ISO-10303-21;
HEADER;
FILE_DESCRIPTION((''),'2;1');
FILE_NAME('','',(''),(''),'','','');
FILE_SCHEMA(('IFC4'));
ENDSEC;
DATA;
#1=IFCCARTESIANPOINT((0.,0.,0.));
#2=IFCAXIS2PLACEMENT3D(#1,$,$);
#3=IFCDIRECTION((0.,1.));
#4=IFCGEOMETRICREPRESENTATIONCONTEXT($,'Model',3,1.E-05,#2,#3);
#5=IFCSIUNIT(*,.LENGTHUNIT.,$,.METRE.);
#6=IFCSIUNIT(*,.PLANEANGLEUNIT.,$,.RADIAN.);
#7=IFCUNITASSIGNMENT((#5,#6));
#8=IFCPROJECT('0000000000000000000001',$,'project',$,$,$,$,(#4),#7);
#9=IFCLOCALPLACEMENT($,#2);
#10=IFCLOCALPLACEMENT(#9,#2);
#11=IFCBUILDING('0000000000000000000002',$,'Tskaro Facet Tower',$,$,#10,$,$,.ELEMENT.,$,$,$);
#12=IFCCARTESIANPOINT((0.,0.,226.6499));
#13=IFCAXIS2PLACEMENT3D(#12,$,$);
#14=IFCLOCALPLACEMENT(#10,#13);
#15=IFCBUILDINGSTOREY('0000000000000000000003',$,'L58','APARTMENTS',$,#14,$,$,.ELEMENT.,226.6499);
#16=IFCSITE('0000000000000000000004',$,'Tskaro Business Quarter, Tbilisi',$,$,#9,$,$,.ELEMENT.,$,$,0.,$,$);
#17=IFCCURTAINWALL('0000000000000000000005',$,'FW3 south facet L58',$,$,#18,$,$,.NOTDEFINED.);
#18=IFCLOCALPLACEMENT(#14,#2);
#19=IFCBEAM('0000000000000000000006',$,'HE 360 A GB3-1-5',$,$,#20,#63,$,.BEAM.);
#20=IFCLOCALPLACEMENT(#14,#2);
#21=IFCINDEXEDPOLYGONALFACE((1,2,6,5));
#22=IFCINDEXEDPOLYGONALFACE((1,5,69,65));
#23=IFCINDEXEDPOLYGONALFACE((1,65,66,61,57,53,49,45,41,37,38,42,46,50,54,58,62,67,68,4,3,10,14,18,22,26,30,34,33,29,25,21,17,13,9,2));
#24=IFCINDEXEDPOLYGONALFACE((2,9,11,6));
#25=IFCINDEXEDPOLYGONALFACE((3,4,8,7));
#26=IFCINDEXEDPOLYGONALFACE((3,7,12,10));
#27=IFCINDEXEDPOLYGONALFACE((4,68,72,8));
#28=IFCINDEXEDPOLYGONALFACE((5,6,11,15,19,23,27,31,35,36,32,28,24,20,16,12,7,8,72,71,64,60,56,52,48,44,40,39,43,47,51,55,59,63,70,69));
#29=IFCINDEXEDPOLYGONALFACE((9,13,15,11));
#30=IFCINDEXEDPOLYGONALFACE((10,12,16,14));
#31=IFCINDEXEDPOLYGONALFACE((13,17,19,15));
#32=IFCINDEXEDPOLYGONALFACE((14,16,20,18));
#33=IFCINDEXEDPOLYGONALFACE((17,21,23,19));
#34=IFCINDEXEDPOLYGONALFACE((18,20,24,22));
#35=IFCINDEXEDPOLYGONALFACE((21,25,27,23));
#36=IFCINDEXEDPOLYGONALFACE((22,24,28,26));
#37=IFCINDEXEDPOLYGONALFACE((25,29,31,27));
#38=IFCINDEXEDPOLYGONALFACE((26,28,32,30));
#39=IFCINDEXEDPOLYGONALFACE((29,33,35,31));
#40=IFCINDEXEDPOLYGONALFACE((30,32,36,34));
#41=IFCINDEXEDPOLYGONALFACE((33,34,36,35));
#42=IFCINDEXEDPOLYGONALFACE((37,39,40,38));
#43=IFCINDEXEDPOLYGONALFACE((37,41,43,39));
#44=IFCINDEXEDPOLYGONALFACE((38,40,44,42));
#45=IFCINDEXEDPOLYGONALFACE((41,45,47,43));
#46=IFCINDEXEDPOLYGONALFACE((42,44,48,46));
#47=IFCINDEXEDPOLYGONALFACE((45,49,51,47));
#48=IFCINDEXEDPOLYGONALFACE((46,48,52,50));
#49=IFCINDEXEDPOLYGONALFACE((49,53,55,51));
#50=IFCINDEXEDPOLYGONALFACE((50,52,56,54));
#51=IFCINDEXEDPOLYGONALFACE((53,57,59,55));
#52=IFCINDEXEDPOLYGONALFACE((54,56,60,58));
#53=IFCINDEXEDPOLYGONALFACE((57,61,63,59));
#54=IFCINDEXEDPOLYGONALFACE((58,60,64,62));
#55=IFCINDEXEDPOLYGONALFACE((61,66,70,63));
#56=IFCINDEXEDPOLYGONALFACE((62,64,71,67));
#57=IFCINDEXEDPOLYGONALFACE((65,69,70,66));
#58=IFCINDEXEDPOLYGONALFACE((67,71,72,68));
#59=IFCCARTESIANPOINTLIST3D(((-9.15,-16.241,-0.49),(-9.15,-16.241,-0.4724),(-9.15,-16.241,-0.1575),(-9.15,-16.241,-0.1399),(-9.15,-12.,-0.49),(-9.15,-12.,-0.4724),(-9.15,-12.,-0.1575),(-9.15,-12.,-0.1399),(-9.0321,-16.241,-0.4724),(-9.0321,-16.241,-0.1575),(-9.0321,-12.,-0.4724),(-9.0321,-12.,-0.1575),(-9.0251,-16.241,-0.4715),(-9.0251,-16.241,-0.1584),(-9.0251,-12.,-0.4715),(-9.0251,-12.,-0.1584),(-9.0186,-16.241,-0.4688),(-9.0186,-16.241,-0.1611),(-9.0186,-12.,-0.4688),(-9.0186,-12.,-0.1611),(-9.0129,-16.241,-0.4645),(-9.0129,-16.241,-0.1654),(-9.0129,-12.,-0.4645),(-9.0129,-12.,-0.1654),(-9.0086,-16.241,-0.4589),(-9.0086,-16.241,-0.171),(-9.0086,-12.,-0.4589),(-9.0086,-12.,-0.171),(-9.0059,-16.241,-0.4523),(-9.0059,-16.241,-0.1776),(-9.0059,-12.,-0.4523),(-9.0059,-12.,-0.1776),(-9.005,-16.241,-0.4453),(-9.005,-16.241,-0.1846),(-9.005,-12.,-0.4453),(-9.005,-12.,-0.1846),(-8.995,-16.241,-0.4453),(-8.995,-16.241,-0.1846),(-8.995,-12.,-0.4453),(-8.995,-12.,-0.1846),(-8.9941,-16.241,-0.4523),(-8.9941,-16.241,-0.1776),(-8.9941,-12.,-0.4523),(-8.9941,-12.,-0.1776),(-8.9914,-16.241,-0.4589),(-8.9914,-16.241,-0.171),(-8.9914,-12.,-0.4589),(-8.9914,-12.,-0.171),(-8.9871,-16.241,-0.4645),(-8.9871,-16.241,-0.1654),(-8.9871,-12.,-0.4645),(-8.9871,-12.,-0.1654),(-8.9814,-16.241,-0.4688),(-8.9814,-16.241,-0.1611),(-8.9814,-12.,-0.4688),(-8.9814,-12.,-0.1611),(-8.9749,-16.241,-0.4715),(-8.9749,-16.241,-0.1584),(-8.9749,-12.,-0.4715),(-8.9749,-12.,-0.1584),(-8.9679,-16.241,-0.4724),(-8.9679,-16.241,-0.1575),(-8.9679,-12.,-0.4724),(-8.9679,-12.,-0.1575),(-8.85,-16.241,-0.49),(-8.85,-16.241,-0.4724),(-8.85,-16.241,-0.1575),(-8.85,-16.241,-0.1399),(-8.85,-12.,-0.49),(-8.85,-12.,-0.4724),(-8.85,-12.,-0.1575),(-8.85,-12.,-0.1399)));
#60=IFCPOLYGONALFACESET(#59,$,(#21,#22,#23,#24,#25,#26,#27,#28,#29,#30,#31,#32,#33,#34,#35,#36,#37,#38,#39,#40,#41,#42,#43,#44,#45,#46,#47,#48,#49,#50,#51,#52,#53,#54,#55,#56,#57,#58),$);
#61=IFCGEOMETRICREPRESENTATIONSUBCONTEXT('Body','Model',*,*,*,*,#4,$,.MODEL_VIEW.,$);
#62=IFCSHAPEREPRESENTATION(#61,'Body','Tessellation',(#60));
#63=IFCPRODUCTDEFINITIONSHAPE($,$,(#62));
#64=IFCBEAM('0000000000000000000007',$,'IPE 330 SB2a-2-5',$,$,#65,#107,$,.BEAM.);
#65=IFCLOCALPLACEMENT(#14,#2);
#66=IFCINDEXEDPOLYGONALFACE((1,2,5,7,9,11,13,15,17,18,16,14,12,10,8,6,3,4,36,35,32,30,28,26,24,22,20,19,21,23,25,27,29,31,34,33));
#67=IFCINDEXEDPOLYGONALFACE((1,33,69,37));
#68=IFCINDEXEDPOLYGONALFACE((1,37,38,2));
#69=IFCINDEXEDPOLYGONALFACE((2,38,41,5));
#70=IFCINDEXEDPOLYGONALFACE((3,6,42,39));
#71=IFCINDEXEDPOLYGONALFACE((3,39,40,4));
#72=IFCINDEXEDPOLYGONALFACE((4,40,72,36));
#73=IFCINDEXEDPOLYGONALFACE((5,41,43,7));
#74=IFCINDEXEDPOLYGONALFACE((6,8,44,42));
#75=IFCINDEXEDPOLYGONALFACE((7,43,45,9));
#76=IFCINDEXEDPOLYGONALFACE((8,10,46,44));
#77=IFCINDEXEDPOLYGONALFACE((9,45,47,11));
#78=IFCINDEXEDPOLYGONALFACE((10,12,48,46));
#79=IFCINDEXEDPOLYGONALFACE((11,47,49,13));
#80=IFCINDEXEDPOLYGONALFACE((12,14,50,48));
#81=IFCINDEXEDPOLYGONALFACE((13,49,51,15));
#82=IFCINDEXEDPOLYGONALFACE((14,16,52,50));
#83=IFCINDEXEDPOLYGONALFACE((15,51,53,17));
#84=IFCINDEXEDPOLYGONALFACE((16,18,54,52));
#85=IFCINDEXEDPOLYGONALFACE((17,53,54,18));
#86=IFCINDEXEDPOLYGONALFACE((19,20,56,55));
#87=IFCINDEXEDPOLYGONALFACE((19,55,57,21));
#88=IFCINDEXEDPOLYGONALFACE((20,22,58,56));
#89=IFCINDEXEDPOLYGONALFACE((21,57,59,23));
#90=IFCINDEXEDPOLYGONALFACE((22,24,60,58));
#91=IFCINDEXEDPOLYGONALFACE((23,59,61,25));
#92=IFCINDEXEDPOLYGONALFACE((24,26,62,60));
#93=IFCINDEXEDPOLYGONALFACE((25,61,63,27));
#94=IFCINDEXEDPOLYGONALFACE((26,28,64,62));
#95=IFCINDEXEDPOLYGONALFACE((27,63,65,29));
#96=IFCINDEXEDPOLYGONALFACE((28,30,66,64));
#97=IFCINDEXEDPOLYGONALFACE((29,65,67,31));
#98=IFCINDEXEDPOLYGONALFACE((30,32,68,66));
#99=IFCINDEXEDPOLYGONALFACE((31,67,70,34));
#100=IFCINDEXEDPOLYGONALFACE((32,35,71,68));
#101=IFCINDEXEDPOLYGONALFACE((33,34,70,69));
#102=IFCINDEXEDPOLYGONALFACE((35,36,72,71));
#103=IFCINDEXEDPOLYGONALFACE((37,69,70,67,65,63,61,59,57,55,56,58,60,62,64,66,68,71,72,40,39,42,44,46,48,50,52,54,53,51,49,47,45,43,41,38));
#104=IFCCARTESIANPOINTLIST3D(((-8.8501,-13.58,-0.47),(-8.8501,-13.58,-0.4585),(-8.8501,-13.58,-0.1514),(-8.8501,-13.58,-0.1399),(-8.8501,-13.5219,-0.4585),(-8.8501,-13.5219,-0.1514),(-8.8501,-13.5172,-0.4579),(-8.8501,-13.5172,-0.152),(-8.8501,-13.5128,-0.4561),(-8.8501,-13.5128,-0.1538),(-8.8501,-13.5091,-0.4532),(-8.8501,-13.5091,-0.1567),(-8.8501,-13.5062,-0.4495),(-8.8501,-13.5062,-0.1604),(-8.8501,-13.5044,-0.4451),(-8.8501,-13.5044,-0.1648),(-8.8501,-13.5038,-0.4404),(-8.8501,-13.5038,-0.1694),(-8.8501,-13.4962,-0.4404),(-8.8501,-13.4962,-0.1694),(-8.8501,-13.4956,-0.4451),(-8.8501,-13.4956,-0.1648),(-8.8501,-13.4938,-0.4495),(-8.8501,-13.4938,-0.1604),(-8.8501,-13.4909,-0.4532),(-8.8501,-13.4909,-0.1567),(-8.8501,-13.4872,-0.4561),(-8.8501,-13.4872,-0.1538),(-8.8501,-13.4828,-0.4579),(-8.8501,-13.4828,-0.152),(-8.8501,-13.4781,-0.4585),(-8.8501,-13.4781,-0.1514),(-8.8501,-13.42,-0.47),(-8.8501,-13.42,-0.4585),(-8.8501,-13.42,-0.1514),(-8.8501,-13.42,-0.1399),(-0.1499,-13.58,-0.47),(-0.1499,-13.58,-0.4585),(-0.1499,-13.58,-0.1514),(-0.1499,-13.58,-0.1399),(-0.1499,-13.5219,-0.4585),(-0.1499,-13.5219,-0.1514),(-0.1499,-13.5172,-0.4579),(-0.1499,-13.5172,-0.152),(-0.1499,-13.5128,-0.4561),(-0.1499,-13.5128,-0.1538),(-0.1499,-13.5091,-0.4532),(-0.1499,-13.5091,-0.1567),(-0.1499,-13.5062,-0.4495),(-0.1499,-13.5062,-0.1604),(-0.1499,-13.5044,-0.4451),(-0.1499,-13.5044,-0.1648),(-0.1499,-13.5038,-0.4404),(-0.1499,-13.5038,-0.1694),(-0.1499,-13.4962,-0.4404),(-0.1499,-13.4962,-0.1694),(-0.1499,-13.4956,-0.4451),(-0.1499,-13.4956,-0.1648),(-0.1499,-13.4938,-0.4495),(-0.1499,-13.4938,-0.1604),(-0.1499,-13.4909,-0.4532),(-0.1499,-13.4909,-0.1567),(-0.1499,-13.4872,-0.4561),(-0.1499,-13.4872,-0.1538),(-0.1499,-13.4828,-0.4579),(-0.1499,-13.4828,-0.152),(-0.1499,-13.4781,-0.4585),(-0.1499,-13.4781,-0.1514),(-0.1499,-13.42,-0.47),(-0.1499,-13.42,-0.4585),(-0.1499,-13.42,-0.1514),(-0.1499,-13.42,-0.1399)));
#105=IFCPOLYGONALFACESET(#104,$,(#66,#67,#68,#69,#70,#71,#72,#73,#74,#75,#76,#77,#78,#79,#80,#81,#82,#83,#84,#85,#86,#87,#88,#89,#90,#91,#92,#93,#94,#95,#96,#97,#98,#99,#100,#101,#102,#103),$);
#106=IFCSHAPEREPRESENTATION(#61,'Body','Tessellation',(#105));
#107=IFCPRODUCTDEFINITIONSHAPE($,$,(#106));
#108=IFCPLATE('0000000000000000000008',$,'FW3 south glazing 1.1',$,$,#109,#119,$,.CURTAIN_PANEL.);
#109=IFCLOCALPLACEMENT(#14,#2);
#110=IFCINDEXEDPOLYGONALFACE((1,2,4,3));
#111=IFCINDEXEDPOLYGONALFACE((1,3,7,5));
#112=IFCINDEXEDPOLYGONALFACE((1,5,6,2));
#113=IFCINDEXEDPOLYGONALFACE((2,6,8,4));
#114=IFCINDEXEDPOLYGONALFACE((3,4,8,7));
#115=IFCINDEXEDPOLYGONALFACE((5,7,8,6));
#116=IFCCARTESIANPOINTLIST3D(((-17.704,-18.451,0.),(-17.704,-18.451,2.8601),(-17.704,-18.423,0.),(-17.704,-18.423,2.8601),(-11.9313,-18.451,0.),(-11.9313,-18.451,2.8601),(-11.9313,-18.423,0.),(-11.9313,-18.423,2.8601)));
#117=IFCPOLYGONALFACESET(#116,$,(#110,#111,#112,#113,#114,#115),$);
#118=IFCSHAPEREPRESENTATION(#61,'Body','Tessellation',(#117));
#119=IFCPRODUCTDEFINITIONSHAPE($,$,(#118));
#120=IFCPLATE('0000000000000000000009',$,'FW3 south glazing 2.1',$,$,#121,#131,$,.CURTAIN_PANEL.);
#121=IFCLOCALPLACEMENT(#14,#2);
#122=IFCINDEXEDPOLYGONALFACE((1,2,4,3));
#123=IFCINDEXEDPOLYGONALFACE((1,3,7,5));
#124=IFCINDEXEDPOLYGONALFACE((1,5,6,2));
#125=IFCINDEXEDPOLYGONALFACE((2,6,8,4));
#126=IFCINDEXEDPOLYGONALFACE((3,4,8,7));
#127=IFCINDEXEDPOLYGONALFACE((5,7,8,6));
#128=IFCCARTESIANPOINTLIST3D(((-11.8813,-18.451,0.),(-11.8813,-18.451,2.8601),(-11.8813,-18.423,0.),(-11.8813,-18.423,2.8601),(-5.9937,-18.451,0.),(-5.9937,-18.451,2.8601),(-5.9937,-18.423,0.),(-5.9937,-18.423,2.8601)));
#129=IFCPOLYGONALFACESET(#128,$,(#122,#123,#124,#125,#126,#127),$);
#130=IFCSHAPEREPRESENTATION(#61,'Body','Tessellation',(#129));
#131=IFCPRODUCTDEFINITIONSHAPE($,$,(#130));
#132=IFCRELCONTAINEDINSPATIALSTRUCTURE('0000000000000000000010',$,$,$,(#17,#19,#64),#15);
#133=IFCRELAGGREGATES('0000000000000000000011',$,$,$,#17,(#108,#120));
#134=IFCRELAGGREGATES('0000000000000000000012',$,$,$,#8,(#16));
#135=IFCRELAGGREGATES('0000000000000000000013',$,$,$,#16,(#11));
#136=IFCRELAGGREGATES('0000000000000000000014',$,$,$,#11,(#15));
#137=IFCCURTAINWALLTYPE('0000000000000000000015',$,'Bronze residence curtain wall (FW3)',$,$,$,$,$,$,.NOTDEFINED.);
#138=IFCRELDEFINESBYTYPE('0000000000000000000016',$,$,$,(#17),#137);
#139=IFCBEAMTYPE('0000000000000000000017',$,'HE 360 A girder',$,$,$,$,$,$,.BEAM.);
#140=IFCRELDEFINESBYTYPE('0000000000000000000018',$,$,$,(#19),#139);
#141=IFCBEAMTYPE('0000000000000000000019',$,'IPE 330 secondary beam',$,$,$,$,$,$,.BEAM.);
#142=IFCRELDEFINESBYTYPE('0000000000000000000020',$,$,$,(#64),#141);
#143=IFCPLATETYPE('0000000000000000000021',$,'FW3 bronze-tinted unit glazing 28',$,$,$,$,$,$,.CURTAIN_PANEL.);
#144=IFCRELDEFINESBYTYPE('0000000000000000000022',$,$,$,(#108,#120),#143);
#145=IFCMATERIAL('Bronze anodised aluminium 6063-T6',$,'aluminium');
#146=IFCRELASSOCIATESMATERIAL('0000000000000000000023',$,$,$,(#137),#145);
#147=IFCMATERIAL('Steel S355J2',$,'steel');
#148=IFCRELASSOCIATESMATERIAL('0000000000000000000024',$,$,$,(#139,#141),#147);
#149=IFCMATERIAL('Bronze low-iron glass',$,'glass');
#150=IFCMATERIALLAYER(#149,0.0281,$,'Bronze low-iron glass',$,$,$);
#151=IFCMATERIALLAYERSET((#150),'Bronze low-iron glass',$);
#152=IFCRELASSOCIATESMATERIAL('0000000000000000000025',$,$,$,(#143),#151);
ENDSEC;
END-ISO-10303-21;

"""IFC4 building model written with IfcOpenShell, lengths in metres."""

from ifc_helpers import new_model, si_unit, direction, frame, origin, origin_2d, place, context, subcontext, project, spatial, rectangle, i_section, extrude, material, layer, layer_set, material_profile, profile_set, type_object, element, aggregate, save


model = new_model("IFC4")

# Units and contexts
model_context = context("Model", 3, precision=1e-05, world=origin(), true_north=direction((0.0, 1.0)))
body_context = subcontext(model_context, "Body", "Model", "MODEL_VIEW")
ifc_project = project(units=[si_unit("LENGTHUNIT", "METRE"), si_unit("PLANEANGLEUNIT", "RADIAN")], contexts=[model_context])

# Site, building, storey
site_placement = place(None, origin())
site = spatial("IfcSite", under=ifc_project, at=site_placement, Name="Tskaro Business Quarter, Tbilisi", CompositionType="ELEMENT", RefElevation=0.0)
building_placement = place(site_placement, origin())
building = spatial("IfcBuilding", under=site, at=building_placement, Name="Tskaro Facet Tower", CompositionType="ELEMENT")
storey_placement = place(building_placement, frame((0.0, 0.0, 226.6499)))
storey = spatial("IfcBuildingStorey", under=building, at=storey_placement, Name="L58", Description="APARTMENTS", CompositionType="ELEMENT", Elevation=226.6499)

# Curtain wall
ifc_material_1 = material(Name="Bronze anodised aluminium 6063-T6", Category="aluminium")
curtain_wall_type = type_object("IfcCurtainWallType", Name="Bronze residence curtain wall (FW3)", PredefinedType="NOTDEFINED", material=ifc_material_1)
curtain_wall_placement = place(storey_placement, origin())
curtain_wall = element("IfcCurtainWall", 1, at=curtain_wall_placement, inside=storey, type_object=curtain_wall_type, Name="FW3 south facet L58", PredefinedType="NOTDEFINED")

# Beams
ifc_material_2 = material(Name="Steel S355J2", Category="steel")
ifc_material_profile_1 = material_profile(ifc_material_2, i_section(OverallWidth=0.3, OverallDepth=0.3501, WebThickness=0.01, FlangeThickness=0.0176, FilletRadius=0.0271, at=origin_2d()), Name="HE 360 A")
ifc_profile_set_1 = profile_set([ifc_material_profile_1], Name="Steel S355J2")
beam_type_1 = type_object("IfcBeamType", Name="HE 360 A girder", PredefinedType="BEAM", material=ifc_profile_set_1)
beam_1_placement = place(storey_placement, frame((-9.0, -16.241, -0.3149), z_axis=(0.0, 1.0, 0.0), x_axis=(-1.0, 0.0, 0.0)))
element("IfcBeam", 2, at=beam_1_placement, inside=storey, type_object=beam_type_1, Name="HE 360 A GB3-1-5", PredefinedType="BEAM", context=body_context, shape_type="SweptSolid", body=[
    extrude(i_section(OverallWidth=0.3, OverallDepth=0.3501, WebThickness=0.01, FlangeThickness=0.0176, FilletRadius=0.0271, at=origin_2d()), origin(), (0.0, 0.0, 1.0), 4.241),
])
ifc_material_profile_2 = material_profile(ifc_material_2, i_section(OverallWidth=0.1599, OverallDepth=0.3301, WebThickness=0.0076, FlangeThickness=0.0115, FilletRadius=0.0181, at=origin_2d()), Name="IPE 330")
ifc_profile_set_2 = profile_set([ifc_material_profile_2], Name="Steel S355J2")
beam_type_2 = type_object("IfcBeamType", Name="IPE 330 secondary beam", PredefinedType="BEAM", material=ifc_profile_set_2)
beam_2_placement = place(storey_placement, frame((-8.8501, -13.5, -0.3049), z_axis=(1.0, 0.0, 0.0), x_axis=(0.0, 1.0, 0.0)))
element("IfcBeam", 3, at=beam_2_placement, inside=storey, type_object=beam_type_2, Name="IPE 330 SB2a-2-5", PredefinedType="BEAM", context=body_context, shape_type="SweptSolid", body=[
    extrude(i_section(OverallWidth=0.1599, OverallDepth=0.3301, WebThickness=0.0076, FlangeThickness=0.0115, FilletRadius=0.0181, at=origin_2d()), origin(), (0.0, 0.0, 1.0), 8.7002),
])

# Plates
ifc_material_3 = material(Name="Bronze low-iron glass", Category="glass")
ifc_layer_1 = layer(ifc_material_3, 0.0281, Name="Bronze low-iron glass")
ifc_layer_set_1 = layer_set([ifc_layer_1], Name="Bronze low-iron glass")
plate_type = type_object("IfcPlateType", Name="FW3 bronze-tinted unit glazing 28", PredefinedType="CURTAIN_PANEL", material=ifc_layer_set_1)
plate_1_placement = place(storey_placement, frame((-14.8176, -18.437, 0.0), z_axis=(0.0, 0.0, 1.0), x_axis=(1.0, 0.0, 0.0)))
plate_1 = element("IfcPlate", 4, at=plate_1_placement, type_object=plate_type, Name="FW3 south glazing 1.1", PredefinedType="CURTAIN_PANEL", context=body_context, shape_type="SweptSolid", body=[
    extrude(rectangle(XDim=5.7727, YDim=0.0281, at=origin_2d()), origin(), (0.0, 0.0, 1.0), 2.8601),
])
plate_2_placement = place(storey_placement, frame((-8.9375, -18.437, 0.0), z_axis=(0.0, 0.0, 1.0), x_axis=(1.0, 0.0, 0.0)))
plate_2 = element("IfcPlate", 5, at=plate_2_placement, type_object=plate_type, Name="FW3 south glazing 2.1", PredefinedType="CURTAIN_PANEL", context=body_context, shape_type="SweptSolid", body=[
    extrude(rectangle(XDim=5.8877, YDim=0.0281, at=origin_2d()), origin(), (0.0, 0.0, 1.0), 2.8601),
])
aggregate(curtain_wall, [plate_1, plate_2])

save(model, "model.ifc")
